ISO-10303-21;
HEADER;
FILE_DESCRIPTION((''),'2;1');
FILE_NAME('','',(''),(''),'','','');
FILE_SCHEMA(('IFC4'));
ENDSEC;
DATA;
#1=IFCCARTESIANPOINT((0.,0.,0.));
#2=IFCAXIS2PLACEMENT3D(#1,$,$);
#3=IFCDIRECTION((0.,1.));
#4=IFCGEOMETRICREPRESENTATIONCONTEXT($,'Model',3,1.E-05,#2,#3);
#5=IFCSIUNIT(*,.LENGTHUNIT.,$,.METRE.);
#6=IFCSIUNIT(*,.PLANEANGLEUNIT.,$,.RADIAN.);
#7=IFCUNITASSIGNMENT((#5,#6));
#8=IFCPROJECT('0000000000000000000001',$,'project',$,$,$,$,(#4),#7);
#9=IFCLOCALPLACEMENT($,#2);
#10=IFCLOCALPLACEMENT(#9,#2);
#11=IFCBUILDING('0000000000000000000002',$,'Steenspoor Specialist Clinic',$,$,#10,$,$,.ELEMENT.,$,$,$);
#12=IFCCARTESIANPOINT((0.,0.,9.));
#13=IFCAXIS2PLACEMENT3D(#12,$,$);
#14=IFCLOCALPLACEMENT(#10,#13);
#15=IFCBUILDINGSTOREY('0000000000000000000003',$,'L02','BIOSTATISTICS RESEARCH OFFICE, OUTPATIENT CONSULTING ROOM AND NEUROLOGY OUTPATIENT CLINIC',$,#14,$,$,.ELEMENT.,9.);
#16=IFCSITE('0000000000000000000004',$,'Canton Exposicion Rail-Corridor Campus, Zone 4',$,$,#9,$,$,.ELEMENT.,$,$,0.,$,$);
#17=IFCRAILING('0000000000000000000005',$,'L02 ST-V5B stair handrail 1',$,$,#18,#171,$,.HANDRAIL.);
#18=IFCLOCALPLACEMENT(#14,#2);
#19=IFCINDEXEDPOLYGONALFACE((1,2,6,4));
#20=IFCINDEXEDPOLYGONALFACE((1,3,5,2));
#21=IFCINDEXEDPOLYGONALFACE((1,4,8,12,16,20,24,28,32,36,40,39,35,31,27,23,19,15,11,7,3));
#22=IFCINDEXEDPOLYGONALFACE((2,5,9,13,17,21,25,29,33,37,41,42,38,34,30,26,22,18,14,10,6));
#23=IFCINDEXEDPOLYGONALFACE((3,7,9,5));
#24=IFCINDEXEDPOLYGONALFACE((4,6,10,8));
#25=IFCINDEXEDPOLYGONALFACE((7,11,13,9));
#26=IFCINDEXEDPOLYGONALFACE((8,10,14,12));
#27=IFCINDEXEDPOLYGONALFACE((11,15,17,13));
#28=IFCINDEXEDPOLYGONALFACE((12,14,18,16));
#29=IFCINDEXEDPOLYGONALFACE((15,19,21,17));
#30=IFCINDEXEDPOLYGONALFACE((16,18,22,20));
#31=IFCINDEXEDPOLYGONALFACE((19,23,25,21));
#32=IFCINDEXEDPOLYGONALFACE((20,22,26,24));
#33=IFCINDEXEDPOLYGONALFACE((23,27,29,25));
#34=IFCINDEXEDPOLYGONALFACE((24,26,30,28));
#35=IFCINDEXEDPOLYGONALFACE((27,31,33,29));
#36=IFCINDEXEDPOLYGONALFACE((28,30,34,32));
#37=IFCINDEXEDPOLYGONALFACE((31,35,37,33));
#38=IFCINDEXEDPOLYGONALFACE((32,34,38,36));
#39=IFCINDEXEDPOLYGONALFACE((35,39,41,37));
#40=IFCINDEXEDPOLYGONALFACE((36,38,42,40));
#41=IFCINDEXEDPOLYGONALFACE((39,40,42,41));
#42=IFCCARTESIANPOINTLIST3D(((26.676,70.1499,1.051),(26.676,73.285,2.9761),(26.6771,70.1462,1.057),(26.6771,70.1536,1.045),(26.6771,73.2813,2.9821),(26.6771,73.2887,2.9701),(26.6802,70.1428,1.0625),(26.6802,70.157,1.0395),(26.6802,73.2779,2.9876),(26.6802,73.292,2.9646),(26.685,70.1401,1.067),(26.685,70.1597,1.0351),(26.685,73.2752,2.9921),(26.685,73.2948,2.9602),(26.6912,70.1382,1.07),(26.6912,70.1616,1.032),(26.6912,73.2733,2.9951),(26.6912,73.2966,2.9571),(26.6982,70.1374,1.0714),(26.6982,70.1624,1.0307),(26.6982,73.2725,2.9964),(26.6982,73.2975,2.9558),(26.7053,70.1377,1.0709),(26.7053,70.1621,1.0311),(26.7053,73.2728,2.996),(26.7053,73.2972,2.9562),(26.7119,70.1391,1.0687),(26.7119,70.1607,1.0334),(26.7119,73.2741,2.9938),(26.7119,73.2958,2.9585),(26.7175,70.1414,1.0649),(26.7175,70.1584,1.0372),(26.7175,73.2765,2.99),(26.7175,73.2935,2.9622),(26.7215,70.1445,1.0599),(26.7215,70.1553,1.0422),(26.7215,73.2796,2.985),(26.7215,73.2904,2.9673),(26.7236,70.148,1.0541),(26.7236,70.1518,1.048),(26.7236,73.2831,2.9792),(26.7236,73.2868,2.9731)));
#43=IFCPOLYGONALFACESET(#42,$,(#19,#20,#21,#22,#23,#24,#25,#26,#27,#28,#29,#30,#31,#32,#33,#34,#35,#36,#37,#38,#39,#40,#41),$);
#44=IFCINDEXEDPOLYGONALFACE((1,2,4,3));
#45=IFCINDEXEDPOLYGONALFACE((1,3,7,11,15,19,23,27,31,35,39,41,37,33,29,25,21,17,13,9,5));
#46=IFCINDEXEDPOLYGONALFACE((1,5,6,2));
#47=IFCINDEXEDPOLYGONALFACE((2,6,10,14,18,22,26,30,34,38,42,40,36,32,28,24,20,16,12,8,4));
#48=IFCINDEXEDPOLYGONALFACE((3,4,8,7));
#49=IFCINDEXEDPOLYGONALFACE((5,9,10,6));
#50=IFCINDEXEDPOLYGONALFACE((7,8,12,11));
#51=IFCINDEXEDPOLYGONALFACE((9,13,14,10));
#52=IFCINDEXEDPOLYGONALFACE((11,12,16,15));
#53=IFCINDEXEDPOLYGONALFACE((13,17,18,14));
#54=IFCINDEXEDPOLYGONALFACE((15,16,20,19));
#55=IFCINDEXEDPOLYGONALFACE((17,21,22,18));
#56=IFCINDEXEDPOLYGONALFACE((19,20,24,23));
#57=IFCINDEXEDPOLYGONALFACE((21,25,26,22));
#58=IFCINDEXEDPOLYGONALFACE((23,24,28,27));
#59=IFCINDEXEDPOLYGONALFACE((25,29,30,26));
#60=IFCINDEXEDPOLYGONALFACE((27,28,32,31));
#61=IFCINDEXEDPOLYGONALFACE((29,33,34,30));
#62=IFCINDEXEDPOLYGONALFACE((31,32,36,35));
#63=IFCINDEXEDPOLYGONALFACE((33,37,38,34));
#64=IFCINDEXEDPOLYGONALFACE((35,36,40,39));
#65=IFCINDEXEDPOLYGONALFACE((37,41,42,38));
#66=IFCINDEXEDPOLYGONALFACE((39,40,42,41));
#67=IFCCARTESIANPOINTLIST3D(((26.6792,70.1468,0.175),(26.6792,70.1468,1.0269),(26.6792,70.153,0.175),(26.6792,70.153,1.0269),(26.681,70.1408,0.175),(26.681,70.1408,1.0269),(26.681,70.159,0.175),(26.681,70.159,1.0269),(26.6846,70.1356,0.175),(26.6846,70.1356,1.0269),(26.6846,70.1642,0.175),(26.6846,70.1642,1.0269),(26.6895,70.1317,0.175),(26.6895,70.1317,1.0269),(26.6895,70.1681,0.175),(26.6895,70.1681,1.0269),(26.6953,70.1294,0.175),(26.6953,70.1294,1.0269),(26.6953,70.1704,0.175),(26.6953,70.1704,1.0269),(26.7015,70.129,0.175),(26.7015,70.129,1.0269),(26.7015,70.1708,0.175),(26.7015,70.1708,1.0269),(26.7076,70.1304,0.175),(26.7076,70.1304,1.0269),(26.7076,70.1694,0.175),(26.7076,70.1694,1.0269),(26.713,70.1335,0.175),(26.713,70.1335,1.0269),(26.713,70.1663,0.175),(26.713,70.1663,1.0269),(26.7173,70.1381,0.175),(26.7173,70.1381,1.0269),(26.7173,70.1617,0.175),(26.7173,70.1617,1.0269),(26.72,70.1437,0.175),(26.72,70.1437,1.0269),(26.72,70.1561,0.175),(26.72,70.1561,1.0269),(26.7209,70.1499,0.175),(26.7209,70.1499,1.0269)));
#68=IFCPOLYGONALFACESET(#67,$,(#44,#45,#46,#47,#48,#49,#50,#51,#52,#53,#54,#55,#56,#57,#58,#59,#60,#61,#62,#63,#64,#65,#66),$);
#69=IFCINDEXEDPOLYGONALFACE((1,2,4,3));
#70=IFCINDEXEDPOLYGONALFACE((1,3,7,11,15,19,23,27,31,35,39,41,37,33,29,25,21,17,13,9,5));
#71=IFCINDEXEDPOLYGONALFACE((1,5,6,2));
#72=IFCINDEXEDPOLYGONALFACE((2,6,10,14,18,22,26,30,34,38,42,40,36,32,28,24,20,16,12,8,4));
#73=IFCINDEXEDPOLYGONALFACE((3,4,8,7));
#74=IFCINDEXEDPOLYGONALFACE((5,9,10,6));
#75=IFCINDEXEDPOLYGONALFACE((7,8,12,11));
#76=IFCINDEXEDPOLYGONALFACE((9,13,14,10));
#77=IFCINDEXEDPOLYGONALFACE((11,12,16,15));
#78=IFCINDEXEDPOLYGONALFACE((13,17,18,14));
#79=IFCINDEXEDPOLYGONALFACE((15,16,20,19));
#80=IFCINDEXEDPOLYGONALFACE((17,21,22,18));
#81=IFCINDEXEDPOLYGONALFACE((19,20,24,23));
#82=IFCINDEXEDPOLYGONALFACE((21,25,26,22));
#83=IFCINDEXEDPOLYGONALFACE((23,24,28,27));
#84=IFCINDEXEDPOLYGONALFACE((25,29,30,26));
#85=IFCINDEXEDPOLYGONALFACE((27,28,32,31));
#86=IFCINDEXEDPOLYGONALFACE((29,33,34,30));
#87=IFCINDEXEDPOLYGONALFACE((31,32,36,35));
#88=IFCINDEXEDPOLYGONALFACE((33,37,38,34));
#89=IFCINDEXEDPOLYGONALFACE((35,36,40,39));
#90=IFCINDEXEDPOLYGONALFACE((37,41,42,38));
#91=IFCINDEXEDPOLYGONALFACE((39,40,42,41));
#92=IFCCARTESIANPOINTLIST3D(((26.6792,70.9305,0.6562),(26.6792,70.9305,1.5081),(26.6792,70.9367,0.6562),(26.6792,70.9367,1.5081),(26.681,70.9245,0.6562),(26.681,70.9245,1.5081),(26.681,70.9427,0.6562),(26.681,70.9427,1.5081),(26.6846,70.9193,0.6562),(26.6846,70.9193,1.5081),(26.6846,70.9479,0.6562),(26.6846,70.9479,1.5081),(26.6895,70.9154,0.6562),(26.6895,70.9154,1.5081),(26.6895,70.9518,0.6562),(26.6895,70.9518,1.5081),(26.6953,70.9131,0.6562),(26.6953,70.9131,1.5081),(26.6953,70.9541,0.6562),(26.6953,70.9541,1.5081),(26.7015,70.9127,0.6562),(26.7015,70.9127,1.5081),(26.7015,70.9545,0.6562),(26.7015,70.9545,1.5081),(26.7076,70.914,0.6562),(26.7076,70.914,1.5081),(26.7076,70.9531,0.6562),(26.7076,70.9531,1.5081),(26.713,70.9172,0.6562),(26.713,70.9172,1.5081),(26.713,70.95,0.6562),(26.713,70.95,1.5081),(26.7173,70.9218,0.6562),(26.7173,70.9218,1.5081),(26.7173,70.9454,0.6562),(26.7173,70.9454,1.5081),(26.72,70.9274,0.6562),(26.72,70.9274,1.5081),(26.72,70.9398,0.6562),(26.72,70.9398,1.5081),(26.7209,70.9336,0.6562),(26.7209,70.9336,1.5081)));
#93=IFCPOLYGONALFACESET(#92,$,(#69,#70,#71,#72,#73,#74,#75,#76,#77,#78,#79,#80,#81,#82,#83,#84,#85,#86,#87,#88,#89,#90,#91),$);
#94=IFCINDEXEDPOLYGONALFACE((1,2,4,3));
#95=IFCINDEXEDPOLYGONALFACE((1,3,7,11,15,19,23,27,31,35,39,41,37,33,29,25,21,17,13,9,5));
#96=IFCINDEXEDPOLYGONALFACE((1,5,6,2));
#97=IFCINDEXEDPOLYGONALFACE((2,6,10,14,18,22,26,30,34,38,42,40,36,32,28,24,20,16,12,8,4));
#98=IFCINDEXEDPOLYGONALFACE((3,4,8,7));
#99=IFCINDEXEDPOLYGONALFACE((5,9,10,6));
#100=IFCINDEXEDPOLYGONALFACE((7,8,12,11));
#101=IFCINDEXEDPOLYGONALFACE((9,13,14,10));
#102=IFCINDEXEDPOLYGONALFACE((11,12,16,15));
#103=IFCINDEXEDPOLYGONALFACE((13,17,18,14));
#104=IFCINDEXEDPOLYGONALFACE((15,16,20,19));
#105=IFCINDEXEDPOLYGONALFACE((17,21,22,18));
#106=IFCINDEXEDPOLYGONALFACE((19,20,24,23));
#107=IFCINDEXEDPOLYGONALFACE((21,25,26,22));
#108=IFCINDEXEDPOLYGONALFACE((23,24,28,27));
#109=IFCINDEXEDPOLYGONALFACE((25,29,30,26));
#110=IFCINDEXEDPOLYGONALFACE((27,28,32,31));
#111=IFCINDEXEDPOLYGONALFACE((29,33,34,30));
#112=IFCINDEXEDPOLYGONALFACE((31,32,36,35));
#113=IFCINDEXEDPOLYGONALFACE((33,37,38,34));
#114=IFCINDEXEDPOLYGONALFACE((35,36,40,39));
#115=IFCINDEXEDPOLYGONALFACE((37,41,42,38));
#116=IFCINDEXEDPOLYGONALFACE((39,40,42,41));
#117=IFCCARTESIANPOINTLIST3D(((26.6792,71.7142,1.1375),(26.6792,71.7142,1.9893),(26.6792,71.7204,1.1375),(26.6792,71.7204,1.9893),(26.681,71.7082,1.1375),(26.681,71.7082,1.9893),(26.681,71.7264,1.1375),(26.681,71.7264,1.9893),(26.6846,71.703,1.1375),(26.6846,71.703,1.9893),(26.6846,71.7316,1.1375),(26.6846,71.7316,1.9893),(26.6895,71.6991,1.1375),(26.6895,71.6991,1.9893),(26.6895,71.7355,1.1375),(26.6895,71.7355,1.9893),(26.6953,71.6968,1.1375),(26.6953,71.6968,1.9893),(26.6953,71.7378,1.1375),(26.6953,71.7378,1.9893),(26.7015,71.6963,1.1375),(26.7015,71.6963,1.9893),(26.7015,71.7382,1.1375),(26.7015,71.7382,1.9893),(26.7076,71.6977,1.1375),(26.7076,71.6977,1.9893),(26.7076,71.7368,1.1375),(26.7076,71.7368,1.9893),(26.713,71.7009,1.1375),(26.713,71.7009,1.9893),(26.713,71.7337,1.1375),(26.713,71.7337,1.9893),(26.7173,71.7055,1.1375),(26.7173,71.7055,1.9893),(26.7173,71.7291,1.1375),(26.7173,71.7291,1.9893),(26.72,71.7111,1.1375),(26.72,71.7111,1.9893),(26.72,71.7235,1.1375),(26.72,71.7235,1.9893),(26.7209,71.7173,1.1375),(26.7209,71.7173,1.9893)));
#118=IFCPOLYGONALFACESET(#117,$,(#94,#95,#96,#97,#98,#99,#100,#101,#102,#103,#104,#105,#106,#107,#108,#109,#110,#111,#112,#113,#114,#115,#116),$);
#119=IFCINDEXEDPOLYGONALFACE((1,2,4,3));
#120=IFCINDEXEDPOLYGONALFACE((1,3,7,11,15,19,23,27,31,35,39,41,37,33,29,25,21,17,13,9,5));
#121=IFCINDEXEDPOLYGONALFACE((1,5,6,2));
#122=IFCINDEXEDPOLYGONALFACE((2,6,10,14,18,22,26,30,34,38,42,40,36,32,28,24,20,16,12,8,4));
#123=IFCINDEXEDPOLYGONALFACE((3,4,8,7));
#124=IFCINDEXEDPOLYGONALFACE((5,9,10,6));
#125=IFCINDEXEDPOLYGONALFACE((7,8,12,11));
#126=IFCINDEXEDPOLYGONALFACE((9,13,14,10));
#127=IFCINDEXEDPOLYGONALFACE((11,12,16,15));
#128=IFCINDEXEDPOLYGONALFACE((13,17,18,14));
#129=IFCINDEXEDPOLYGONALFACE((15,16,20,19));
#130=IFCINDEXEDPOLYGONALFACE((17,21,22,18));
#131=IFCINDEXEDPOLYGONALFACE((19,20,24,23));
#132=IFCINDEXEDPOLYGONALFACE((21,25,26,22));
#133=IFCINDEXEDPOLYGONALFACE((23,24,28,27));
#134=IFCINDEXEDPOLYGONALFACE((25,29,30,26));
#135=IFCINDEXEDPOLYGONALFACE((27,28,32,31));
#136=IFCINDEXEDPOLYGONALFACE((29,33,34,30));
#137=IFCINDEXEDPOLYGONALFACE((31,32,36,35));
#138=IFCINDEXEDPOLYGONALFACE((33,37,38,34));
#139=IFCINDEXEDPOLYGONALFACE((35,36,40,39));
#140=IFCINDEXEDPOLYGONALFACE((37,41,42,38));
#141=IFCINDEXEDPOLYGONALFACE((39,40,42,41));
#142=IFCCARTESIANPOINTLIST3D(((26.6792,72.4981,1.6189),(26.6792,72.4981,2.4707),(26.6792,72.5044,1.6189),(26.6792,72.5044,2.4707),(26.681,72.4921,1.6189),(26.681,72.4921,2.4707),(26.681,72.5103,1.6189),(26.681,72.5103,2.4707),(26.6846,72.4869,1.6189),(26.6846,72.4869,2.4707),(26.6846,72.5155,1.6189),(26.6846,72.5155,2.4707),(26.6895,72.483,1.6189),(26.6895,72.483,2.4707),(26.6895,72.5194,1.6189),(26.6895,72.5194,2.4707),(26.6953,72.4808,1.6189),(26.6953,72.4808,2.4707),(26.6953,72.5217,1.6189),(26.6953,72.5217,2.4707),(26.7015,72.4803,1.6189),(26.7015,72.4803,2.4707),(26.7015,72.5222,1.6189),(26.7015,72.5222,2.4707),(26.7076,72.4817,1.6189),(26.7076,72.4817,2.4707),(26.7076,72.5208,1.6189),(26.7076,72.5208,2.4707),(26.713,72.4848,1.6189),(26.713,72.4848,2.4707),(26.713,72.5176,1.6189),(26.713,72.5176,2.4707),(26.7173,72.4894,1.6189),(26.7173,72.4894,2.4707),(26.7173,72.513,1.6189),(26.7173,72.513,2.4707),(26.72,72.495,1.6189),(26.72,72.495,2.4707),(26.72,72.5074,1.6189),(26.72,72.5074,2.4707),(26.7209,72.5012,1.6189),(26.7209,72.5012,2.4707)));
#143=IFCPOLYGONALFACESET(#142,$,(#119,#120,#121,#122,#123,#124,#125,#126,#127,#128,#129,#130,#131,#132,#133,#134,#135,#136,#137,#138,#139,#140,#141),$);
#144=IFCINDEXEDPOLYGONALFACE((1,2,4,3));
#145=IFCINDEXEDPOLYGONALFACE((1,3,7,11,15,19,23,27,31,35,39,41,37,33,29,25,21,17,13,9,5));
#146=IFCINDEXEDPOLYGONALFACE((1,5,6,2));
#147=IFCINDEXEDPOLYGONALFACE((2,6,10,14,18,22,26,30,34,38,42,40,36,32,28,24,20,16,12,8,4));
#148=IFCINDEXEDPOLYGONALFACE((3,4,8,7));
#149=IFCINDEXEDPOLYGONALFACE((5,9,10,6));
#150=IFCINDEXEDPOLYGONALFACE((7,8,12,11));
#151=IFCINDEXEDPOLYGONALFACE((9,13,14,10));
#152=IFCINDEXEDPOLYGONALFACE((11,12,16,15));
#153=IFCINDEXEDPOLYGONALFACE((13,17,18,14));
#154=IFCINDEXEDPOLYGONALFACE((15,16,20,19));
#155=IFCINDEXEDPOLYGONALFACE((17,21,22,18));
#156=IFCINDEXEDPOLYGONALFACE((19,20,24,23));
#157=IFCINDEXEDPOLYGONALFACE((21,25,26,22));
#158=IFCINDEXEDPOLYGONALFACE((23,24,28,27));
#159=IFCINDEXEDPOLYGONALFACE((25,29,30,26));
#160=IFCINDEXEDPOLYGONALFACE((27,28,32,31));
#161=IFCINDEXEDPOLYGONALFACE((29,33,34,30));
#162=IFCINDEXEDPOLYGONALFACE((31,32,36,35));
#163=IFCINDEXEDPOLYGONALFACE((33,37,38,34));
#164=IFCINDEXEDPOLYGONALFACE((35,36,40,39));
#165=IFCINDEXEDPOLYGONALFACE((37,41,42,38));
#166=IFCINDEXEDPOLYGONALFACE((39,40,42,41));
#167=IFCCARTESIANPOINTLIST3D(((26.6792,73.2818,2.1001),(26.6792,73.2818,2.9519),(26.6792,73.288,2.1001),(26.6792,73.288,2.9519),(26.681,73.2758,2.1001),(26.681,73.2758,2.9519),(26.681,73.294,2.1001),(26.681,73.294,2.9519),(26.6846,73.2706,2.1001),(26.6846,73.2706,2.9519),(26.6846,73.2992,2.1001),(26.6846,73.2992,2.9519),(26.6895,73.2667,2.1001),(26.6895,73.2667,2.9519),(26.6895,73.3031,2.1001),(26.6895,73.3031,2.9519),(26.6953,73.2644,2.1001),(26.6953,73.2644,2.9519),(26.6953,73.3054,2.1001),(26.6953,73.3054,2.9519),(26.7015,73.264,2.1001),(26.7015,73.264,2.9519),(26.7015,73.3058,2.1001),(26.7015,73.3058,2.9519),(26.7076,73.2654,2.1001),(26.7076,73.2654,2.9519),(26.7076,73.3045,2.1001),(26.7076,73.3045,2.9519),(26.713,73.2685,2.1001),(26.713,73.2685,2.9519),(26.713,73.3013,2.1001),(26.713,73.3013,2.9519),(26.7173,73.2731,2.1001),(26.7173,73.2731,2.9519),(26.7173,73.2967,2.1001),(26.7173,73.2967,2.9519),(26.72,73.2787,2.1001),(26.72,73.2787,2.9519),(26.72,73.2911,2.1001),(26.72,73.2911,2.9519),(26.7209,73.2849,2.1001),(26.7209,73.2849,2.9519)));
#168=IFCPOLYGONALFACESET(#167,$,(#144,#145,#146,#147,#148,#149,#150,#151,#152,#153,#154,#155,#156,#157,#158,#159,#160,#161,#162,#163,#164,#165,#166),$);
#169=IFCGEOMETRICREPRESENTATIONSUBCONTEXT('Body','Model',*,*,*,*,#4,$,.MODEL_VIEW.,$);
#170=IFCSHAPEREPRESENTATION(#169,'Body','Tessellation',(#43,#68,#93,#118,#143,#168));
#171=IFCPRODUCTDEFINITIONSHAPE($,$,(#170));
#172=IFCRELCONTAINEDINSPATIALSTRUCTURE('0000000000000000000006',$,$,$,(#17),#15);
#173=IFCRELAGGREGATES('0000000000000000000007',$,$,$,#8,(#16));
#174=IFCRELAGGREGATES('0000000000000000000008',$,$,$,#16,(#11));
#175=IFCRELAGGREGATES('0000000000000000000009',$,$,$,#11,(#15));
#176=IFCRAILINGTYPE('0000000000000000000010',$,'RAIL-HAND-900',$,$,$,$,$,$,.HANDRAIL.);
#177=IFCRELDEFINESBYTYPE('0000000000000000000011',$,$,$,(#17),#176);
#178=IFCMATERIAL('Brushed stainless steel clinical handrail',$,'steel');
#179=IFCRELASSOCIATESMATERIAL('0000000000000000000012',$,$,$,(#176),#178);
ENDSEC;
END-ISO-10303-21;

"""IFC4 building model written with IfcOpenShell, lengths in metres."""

from ifc_helpers import new_model, si_unit, direction, frame, origin, origin_2d, place, context, subcontext, project, spatial, circle, extrude, material, type_object, element, save


model = new_model("IFC4")

# Units and contexts
model_context = context("Model", 3, precision=1e-05, world=origin(), true_north=direction((0.0, 1.0)))
body_context = subcontext(model_context, "Body", "Model", "MODEL_VIEW")
ifc_project = project(units=[si_unit("LENGTHUNIT", "METRE"), si_unit("PLANEANGLEUNIT", "RADIAN")], contexts=[model_context])

# Site, building, storey
site_placement = place(None, origin())
site = spatial("IfcSite", under=ifc_project, at=site_placement, Name="Canton Exposicion Rail-Corridor Campus, Zone 4", CompositionType="ELEMENT", RefElevation=0.0)
building_placement = place(site_placement, origin())
building = spatial("IfcBuilding", under=site, at=building_placement, Name="Steenspoor Specialist Clinic", CompositionType="ELEMENT")
storey_placement = place(building_placement, frame((0.0, 0.0, 9.0)))
storey = spatial("IfcBuildingStorey", under=building, at=storey_placement, Name="L02", Description="BIOSTATISTICS RESEARCH OFFICE, OUTPATIENT CONSULTING ROOM AND NEUROLOGY OUTPATIENT CLINIC", CompositionType="ELEMENT", Elevation=9.0)

# Railing
ifc_material_1 = material(Name="Brushed stainless steel clinical handrail", Category="steel")
railing_type_1 = type_object("IfcRailingType", Name="RAIL-HAND-900", PredefinedType="HANDRAIL", material=ifc_material_1)
railing_1_placement = place(storey_placement, frame((26.7, 70.1499, 0.175)))
element("IfcRailing", 1, at=railing_1_placement, inside=storey, type_object=railing_type_1, Name="L02 ST-V5B stair handrail 1", PredefinedType="HANDRAIL", context=body_context, shape_type="SweptSolid", body=[
    extrude(circle(Radius=0.0239, at=origin_2d()), frame((0.0, 0.0, 0.876), z_axis=(0.0, 0.852166, 0.523271), x_axis=(-1.0, 0.0, 0.0)), (0.0, 0.0, 1.0), 3.679),
    extrude(circle(Radius=0.021, at=origin_2d()), origin(), (0.0, 0.0, 1.0), 0.8518),
    extrude(circle(Radius=0.021, at=origin_2d()), frame((0.0, 0.7837, 0.4812)), (0.0, 0.0, 1.0), 0.8518),
    extrude(circle(Radius=0.021, at=origin_2d()), frame((0.0, 1.5674, 0.9624)), (0.0, 0.0, 1.0), 0.8518),
    extrude(circle(Radius=0.021, at=origin_2d()), frame((0.0, 2.3513, 1.4438)), (0.0, 0.0, 1.0), 0.8518),
    extrude(circle(Radius=0.021, at=origin_2d()), frame((0.0, 3.135, 1.925)), (0.0, 0.0, 1.0), 0.8518),
])

save(model, "model.ifc")
